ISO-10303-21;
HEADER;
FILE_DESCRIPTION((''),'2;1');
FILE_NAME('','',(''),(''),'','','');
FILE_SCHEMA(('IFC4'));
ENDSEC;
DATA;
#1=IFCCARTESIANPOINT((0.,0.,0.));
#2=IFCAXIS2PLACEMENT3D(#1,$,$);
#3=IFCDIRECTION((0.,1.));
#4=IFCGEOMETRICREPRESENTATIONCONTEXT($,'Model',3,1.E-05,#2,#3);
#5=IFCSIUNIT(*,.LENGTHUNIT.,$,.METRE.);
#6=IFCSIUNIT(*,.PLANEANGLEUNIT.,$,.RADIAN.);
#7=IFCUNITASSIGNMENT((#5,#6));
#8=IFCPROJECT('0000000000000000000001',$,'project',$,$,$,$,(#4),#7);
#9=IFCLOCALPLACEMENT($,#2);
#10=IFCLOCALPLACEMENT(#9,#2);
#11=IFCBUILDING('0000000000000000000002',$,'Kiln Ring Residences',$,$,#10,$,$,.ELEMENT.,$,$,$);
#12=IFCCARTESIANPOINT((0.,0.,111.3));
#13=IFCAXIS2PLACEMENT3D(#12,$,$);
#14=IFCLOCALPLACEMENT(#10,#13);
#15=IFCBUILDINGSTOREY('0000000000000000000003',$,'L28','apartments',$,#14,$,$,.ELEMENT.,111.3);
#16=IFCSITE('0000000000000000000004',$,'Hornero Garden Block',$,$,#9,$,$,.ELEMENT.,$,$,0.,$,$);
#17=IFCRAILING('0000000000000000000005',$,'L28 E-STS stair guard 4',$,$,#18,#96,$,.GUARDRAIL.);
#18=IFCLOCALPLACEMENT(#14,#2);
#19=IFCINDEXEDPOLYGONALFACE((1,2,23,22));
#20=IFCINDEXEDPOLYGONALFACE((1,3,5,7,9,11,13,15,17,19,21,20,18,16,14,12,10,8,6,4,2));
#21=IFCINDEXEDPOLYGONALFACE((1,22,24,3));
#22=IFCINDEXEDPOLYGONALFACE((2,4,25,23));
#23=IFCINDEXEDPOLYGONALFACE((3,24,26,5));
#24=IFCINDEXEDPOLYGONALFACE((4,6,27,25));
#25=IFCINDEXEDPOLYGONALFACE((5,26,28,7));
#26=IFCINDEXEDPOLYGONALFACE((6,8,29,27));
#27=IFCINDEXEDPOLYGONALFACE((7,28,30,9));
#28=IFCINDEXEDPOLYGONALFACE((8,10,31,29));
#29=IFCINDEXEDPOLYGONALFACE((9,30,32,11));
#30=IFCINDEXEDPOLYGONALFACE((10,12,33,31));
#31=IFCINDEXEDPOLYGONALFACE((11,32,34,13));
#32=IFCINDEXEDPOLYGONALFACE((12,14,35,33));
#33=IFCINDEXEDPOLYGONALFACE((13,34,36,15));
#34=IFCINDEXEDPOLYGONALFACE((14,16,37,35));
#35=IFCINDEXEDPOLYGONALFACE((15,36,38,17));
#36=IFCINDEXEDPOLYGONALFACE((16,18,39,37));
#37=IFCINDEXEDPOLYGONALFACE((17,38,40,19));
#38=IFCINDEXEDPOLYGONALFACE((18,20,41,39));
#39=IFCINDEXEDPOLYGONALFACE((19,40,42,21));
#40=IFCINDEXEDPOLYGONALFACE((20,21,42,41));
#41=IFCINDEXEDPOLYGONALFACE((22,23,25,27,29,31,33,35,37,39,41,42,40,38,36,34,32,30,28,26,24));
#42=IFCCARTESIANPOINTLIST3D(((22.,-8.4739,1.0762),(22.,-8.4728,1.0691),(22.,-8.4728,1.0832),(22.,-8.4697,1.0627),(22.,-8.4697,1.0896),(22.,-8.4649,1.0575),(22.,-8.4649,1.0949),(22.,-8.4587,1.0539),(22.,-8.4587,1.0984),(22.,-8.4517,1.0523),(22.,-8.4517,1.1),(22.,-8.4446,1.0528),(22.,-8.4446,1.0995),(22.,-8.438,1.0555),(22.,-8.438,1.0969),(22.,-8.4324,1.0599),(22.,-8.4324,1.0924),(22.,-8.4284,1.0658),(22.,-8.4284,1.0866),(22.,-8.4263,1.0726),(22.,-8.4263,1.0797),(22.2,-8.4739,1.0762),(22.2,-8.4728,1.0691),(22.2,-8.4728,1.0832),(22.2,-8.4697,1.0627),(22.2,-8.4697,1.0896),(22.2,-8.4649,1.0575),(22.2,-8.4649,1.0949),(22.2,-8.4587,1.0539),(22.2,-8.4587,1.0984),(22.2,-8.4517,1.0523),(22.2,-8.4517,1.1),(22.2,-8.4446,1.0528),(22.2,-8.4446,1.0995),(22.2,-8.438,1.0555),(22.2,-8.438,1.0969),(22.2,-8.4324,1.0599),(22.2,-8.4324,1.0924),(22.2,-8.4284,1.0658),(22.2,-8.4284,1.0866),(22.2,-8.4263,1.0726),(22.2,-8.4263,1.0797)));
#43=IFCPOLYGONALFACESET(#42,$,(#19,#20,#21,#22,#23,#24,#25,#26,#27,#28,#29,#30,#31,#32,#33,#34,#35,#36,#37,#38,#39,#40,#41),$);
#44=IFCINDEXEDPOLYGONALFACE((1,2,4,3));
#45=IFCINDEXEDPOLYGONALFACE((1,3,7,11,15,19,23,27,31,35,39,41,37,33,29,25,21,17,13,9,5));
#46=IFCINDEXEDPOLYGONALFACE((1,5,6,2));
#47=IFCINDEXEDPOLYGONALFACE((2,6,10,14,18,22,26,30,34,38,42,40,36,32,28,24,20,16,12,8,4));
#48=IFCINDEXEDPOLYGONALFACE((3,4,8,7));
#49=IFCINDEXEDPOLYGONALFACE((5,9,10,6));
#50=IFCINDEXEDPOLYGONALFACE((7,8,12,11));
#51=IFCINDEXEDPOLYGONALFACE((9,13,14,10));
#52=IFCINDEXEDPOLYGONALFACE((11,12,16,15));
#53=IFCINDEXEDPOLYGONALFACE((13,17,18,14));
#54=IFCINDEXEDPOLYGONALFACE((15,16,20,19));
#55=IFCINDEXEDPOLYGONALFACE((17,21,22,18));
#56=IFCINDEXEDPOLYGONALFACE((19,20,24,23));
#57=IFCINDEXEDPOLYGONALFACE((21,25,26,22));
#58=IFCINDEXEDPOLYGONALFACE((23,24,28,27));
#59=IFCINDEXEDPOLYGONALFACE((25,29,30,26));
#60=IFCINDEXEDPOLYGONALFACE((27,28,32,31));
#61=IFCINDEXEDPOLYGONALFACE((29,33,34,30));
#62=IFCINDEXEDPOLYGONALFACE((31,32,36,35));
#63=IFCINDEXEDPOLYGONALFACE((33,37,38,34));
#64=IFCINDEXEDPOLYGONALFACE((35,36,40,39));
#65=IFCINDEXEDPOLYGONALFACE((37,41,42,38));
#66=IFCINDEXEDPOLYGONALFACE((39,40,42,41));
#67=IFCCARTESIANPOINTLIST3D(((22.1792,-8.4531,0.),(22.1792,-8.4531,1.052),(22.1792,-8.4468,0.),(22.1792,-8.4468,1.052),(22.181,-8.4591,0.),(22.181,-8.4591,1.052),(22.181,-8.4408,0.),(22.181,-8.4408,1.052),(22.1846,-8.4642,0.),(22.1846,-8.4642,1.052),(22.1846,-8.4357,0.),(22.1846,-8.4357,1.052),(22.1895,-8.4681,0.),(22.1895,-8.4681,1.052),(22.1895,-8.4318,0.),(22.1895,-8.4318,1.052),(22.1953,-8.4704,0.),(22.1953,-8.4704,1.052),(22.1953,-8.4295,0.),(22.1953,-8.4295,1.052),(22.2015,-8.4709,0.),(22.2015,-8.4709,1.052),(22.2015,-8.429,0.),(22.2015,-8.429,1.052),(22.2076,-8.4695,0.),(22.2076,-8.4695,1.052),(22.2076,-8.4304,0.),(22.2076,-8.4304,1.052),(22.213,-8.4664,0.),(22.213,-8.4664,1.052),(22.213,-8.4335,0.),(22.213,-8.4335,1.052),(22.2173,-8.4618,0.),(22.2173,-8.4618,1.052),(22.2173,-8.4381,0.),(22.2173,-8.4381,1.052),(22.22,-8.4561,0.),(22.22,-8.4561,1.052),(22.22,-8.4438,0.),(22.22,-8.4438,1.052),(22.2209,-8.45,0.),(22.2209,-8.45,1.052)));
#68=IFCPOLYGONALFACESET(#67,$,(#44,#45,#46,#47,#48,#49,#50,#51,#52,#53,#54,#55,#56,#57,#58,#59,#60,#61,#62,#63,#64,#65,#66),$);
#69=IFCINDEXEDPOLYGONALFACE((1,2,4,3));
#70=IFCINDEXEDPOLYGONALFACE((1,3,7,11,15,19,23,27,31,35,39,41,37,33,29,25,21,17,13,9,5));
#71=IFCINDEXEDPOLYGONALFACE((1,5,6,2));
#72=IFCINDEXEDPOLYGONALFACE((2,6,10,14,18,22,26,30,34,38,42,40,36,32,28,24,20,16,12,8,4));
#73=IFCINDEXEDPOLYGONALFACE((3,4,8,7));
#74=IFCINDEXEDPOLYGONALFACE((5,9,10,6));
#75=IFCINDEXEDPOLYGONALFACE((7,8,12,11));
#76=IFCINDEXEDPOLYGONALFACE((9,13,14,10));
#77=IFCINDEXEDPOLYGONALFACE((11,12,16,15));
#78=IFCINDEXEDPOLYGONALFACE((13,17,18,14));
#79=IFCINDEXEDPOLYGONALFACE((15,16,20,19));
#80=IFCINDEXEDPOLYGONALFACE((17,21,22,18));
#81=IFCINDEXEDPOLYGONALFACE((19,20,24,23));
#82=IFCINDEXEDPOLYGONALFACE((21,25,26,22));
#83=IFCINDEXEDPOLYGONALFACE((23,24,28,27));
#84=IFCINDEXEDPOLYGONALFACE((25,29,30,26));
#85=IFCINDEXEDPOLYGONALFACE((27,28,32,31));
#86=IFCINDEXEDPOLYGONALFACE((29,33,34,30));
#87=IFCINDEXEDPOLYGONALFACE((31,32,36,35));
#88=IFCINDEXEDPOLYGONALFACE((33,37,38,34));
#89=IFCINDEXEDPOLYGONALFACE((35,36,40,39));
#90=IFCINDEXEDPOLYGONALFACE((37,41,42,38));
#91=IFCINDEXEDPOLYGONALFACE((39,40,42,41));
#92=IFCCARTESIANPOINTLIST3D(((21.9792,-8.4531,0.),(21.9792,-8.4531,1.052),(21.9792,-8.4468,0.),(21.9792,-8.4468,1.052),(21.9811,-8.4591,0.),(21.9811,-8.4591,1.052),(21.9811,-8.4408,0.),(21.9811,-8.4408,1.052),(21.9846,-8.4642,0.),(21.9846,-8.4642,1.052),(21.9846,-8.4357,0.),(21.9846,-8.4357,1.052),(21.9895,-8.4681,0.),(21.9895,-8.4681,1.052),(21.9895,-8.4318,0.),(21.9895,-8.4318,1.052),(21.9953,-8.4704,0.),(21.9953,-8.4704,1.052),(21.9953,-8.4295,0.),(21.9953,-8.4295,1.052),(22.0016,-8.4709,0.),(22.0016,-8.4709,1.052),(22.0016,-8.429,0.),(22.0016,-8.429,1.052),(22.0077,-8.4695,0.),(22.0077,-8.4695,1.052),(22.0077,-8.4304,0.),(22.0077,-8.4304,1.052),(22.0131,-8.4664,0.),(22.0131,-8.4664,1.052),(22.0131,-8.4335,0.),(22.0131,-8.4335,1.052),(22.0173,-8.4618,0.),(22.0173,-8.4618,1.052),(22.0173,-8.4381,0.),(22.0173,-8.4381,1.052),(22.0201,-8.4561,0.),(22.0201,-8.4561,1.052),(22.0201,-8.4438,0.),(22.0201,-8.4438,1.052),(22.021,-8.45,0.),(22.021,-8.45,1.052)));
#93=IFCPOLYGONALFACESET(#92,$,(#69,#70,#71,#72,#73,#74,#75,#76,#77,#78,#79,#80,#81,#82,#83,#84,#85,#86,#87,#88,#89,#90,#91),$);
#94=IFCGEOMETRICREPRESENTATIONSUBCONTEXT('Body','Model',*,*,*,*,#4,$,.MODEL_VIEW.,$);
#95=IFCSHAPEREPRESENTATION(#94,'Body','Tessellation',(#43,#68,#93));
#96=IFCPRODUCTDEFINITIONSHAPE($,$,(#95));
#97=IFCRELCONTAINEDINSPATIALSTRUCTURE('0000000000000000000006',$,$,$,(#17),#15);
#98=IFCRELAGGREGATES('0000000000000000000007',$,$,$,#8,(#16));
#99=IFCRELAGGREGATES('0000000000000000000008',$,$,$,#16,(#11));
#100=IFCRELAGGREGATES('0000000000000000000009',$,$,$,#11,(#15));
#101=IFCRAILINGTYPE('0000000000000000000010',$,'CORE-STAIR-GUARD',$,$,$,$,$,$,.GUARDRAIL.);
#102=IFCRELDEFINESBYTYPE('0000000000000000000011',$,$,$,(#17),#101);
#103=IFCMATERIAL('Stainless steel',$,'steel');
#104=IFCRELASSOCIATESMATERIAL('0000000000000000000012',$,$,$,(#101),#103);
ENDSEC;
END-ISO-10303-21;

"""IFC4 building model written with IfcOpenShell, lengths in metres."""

from ifc_helpers import new_model, si_unit, direction, frame, origin, origin_2d, place, context, subcontext, project, spatial, circle, extrude, material, type_object, element, save


model = new_model("IFC4")

# Units and contexts
model_context = context("Model", 3, precision=1e-05, world=origin(), true_north=direction((0.0, 1.0)))
body_context = subcontext(model_context, "Body", "Model", "MODEL_VIEW")
ifc_project = project(units=[si_unit("LENGTHUNIT", "METRE"), si_unit("PLANEANGLEUNIT", "RADIAN")], contexts=[model_context])

# Site, building, storey
site_placement = place(None, origin())
site = spatial("IfcSite", under=ifc_project, at=site_placement, Name="Hornero Garden Block", CompositionType="ELEMENT", RefElevation=0.0)
building_placement = place(site_placement, origin())
building = spatial("IfcBuilding", under=site, at=building_placement, Name="Kiln Ring Residences", CompositionType="ELEMENT")
storey_placement = place(building_placement, frame((0.0, 0.0, 111.3)))
storey = spatial("IfcBuildingStorey", under=building, at=storey_placement, Name="L28", Description="apartments", CompositionType="ELEMENT", Elevation=111.3)

# Railing
ifc_material_1 = material(Name="Stainless steel", Category="steel")
railing_type_1 = type_object("IfcRailingType", Name="CORE-STAIR-GUARD", PredefinedType="GUARDRAIL", material=ifc_material_1)
railing_1_placement = place(storey_placement, frame((22.2, -8.45, 0.0)))
element("IfcRailing", 1, at=railing_1_placement, inside=storey, type_object=railing_type_1, Name="L28 E-STS stair guard 4", PredefinedType="GUARDRAIL", context=body_context, shape_type="SweptSolid", body=[
    extrude(circle(Radius=0.0239, at=origin_2d()), frame((0.0, 0.0, 1.0762), z_axis=(-1.0, 0.0, 0.0), x_axis=(0.0, -1.0, 0.0)), (0.0, 0.0, 1.0), 0.2),
    extrude(circle(Radius=0.021, at=origin_2d()), origin(), (0.0, 0.0, 1.0), 1.052),
    extrude(circle(Radius=0.021, at=origin_2d()), frame((-0.2, 0.0, 0.0)), (0.0, 0.0, 1.0), 1.052),
])

save(model, "model.ifc")
